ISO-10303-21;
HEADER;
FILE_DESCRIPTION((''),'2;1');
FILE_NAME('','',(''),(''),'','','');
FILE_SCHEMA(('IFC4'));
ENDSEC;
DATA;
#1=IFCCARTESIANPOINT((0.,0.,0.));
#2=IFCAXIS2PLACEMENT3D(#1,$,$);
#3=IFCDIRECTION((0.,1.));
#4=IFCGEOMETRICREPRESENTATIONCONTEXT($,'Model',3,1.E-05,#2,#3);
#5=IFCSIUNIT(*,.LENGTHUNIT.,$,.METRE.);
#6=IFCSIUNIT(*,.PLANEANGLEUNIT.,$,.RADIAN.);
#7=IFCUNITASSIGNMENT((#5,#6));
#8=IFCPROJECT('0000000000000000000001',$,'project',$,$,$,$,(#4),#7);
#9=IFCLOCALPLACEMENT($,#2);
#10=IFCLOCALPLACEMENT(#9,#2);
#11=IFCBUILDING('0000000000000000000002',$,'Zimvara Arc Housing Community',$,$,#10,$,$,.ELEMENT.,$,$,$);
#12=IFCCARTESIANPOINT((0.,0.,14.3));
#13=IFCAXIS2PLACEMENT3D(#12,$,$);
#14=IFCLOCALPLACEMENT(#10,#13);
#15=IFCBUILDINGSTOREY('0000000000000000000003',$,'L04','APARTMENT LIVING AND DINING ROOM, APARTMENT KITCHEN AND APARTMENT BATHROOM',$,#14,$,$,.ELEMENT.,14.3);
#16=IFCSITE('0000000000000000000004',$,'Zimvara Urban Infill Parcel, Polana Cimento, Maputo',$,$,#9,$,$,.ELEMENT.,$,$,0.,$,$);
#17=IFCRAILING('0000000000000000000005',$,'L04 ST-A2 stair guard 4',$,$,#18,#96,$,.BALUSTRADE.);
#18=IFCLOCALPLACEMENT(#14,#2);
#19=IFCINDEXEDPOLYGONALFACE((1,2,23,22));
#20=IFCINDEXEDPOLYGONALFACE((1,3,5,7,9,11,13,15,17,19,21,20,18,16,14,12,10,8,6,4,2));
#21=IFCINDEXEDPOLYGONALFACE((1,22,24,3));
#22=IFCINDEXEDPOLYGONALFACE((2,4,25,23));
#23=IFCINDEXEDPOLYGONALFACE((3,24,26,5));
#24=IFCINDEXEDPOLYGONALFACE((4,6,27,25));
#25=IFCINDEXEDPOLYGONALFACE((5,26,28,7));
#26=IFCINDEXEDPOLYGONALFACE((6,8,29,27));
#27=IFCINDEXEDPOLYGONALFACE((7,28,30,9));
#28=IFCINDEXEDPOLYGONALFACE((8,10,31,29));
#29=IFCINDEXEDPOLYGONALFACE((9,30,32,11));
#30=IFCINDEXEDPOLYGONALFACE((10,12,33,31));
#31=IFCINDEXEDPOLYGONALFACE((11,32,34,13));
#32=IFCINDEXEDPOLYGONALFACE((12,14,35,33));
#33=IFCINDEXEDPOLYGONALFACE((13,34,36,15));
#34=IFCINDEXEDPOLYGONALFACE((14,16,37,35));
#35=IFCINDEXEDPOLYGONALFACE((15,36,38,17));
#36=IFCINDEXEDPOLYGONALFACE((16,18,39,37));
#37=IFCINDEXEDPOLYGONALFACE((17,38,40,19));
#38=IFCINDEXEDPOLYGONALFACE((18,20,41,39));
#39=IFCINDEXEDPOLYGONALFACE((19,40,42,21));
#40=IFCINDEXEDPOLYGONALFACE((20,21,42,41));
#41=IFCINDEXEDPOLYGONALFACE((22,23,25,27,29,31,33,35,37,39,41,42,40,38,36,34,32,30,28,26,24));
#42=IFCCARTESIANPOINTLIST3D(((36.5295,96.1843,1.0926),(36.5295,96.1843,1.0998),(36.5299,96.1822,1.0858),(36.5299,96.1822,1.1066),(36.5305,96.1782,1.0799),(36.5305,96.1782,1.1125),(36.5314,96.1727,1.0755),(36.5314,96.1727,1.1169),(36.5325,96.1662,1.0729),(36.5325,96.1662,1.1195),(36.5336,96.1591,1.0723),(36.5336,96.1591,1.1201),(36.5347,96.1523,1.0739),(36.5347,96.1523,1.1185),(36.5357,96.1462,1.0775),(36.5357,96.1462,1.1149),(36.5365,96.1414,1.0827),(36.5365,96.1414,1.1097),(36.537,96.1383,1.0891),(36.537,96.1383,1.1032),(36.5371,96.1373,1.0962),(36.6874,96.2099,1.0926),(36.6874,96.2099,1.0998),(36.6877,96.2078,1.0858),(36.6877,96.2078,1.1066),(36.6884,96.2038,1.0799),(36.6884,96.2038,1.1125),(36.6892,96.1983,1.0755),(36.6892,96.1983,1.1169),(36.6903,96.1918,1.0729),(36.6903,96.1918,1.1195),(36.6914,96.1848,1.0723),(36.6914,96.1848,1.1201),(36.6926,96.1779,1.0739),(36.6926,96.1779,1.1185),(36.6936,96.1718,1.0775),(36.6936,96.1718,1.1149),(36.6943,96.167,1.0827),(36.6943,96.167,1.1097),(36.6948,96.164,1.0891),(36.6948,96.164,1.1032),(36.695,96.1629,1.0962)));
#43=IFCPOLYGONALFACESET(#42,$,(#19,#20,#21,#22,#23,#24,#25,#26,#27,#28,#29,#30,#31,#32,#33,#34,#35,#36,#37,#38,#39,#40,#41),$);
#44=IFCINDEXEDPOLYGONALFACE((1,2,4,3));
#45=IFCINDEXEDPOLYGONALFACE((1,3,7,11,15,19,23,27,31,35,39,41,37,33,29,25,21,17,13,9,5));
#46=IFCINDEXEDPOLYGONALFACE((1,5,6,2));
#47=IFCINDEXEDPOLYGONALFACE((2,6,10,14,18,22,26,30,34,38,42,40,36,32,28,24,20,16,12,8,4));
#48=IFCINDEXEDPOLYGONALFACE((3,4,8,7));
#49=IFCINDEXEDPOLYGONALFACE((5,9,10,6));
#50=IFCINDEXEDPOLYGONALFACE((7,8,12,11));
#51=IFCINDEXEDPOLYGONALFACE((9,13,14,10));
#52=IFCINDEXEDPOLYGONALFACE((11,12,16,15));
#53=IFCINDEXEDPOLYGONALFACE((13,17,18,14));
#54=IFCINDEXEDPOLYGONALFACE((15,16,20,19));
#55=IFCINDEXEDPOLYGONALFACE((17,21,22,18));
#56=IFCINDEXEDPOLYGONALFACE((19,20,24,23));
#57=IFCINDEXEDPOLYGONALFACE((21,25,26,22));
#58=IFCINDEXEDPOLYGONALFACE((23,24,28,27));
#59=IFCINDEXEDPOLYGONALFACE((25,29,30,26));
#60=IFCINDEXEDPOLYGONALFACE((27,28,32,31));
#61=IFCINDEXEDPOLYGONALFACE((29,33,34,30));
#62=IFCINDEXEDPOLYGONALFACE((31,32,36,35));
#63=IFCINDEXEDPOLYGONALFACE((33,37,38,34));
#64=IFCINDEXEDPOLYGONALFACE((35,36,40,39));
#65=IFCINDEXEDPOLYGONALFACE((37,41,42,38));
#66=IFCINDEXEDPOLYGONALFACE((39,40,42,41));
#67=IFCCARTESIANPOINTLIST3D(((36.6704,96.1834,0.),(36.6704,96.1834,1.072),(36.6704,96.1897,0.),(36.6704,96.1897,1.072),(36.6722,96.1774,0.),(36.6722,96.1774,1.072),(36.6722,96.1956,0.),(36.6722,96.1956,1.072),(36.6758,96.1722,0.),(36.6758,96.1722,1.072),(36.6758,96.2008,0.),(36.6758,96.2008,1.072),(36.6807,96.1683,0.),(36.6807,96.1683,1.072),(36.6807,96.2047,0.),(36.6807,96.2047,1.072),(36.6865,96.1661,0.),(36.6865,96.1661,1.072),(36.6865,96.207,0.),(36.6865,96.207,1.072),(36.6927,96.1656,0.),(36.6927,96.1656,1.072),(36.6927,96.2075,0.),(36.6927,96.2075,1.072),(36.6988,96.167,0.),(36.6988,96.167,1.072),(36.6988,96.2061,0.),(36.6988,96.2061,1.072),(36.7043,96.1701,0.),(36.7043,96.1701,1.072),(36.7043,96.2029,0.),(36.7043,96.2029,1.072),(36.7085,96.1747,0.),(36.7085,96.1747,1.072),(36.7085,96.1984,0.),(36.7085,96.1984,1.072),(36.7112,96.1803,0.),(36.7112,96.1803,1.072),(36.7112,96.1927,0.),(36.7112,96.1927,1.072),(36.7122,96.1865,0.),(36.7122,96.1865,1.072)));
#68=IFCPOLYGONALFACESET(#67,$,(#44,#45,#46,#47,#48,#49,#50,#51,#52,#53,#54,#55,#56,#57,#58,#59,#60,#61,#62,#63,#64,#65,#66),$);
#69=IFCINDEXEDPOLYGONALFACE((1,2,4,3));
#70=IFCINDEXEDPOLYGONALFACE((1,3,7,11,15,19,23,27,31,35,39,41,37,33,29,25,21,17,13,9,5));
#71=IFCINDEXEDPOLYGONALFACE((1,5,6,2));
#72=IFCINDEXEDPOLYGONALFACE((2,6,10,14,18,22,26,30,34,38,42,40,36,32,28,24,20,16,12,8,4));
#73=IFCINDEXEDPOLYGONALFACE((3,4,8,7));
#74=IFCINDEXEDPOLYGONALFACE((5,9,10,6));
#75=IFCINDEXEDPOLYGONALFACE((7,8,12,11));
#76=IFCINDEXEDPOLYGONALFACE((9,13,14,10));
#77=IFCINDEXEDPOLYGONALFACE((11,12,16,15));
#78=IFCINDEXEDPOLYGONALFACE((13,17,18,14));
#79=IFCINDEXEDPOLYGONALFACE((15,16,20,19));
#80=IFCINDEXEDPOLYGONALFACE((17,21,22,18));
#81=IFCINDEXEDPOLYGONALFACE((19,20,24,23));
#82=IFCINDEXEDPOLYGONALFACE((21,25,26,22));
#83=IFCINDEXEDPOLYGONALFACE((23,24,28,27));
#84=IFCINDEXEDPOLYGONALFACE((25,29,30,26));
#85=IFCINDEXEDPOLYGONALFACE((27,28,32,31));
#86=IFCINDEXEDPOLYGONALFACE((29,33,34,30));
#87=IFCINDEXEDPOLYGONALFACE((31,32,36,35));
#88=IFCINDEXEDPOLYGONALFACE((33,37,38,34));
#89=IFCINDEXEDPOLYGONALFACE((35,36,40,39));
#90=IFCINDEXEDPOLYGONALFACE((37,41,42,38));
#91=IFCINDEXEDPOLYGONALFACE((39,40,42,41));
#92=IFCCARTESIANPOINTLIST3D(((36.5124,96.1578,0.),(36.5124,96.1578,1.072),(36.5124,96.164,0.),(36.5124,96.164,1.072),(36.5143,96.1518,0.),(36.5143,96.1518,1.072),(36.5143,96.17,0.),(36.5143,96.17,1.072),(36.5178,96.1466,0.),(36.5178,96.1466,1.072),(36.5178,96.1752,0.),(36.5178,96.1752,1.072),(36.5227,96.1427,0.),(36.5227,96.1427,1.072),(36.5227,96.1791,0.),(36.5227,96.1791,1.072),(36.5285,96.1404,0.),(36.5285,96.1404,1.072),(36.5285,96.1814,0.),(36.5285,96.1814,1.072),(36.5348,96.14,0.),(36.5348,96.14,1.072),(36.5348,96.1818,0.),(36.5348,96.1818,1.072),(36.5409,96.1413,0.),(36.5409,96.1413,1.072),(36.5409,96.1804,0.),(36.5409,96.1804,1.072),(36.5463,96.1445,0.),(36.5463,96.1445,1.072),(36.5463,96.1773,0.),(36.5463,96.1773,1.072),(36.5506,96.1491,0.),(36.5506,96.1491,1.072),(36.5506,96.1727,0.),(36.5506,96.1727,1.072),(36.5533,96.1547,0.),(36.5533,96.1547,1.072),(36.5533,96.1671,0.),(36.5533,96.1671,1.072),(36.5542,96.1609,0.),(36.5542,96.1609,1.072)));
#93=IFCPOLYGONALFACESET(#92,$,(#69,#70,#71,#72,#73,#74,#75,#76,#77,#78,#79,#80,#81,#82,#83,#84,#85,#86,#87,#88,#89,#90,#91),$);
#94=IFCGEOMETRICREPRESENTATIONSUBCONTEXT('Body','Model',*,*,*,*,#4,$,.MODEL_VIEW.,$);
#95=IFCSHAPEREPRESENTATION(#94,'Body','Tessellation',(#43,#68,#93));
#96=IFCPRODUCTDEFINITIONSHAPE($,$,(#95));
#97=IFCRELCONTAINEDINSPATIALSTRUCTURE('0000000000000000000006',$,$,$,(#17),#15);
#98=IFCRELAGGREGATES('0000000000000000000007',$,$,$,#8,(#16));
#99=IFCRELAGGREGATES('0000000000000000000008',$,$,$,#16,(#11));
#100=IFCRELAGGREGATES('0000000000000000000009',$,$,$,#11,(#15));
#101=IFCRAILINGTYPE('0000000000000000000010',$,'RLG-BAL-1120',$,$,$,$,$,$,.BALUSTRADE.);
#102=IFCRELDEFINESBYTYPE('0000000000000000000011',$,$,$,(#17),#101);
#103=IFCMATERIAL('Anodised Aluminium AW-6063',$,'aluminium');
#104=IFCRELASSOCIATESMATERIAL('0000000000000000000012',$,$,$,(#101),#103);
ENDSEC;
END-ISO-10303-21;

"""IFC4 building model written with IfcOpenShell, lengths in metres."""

from ifc_helpers import new_model, si_unit, direction, frame, origin, origin_2d, place, context, subcontext, project, spatial, circle, extrude, material, type_object, element, save


model = new_model("IFC4")

# Units and contexts
model_context = context("Model", 3, precision=1e-05, world=origin(), true_north=direction((0.0, 1.0)))
body_context = subcontext(model_context, "Body", "Model", "MODEL_VIEW")
ifc_project = project(units=[si_unit("LENGTHUNIT", "METRE"), si_unit("PLANEANGLEUNIT", "RADIAN")], contexts=[model_context])

# Site, building, storey
site_placement = place(None, origin())
site = spatial("IfcSite", under=ifc_project, at=site_placement, Name="Zimvara Urban Infill Parcel, Polana Cimento, Maputo", CompositionType="ELEMENT", RefElevation=0.0)
building_placement = place(site_placement, origin())
building = spatial("IfcBuilding", under=site, at=building_placement, Name="Zimvara Arc Housing Community", CompositionType="ELEMENT")
storey_placement = place(building_placement, frame((0.0, 0.0, 14.3)))
storey = spatial("IfcBuildingStorey", under=building, at=storey_placement, Name="L04", Description="APARTMENT LIVING AND DINING ROOM, APARTMENT KITCHEN AND APARTMENT BATHROOM", CompositionType="ELEMENT", Elevation=14.3)

# Railing
ifc_material_1 = material(Name="Anodised Aluminium AW-6063", Category="aluminium")
railing_type_1 = type_object("IfcRailingType", Name="RLG-BAL-1120", PredefinedType="BALUSTRADE", material=ifc_material_1)
railing_1_placement = place(storey_placement, frame((36.6912, 96.1865, 0.0)))
element("IfcRailing", 1, at=railing_1_placement, inside=storey, type_object=railing_type_1, Name="L04 ST-A2 stair guard 4", PredefinedType="BALUSTRADE", context=body_context, shape_type="SweptSolid", body=[
    extrude(circle(Radius=0.0239, at=origin_2d()), frame((0.0, 0.0, 1.0962), z_axis=(-0.987086, -0.160192, 0.0), x_axis=(0.160192, -0.987086, 0.0)), (0.0, 0.0, 1.0), 0.1599),
    extrude(circle(Radius=0.021, at=origin_2d()), origin(), (0.0, 0.0, 1.0), 1.072),
    extrude(circle(Radius=0.021, at=origin_2d()), frame((-0.158, -0.0256, 0.0)), (0.0, 0.0, 1.0), 1.072),
])

save(model, "model.ifc")
